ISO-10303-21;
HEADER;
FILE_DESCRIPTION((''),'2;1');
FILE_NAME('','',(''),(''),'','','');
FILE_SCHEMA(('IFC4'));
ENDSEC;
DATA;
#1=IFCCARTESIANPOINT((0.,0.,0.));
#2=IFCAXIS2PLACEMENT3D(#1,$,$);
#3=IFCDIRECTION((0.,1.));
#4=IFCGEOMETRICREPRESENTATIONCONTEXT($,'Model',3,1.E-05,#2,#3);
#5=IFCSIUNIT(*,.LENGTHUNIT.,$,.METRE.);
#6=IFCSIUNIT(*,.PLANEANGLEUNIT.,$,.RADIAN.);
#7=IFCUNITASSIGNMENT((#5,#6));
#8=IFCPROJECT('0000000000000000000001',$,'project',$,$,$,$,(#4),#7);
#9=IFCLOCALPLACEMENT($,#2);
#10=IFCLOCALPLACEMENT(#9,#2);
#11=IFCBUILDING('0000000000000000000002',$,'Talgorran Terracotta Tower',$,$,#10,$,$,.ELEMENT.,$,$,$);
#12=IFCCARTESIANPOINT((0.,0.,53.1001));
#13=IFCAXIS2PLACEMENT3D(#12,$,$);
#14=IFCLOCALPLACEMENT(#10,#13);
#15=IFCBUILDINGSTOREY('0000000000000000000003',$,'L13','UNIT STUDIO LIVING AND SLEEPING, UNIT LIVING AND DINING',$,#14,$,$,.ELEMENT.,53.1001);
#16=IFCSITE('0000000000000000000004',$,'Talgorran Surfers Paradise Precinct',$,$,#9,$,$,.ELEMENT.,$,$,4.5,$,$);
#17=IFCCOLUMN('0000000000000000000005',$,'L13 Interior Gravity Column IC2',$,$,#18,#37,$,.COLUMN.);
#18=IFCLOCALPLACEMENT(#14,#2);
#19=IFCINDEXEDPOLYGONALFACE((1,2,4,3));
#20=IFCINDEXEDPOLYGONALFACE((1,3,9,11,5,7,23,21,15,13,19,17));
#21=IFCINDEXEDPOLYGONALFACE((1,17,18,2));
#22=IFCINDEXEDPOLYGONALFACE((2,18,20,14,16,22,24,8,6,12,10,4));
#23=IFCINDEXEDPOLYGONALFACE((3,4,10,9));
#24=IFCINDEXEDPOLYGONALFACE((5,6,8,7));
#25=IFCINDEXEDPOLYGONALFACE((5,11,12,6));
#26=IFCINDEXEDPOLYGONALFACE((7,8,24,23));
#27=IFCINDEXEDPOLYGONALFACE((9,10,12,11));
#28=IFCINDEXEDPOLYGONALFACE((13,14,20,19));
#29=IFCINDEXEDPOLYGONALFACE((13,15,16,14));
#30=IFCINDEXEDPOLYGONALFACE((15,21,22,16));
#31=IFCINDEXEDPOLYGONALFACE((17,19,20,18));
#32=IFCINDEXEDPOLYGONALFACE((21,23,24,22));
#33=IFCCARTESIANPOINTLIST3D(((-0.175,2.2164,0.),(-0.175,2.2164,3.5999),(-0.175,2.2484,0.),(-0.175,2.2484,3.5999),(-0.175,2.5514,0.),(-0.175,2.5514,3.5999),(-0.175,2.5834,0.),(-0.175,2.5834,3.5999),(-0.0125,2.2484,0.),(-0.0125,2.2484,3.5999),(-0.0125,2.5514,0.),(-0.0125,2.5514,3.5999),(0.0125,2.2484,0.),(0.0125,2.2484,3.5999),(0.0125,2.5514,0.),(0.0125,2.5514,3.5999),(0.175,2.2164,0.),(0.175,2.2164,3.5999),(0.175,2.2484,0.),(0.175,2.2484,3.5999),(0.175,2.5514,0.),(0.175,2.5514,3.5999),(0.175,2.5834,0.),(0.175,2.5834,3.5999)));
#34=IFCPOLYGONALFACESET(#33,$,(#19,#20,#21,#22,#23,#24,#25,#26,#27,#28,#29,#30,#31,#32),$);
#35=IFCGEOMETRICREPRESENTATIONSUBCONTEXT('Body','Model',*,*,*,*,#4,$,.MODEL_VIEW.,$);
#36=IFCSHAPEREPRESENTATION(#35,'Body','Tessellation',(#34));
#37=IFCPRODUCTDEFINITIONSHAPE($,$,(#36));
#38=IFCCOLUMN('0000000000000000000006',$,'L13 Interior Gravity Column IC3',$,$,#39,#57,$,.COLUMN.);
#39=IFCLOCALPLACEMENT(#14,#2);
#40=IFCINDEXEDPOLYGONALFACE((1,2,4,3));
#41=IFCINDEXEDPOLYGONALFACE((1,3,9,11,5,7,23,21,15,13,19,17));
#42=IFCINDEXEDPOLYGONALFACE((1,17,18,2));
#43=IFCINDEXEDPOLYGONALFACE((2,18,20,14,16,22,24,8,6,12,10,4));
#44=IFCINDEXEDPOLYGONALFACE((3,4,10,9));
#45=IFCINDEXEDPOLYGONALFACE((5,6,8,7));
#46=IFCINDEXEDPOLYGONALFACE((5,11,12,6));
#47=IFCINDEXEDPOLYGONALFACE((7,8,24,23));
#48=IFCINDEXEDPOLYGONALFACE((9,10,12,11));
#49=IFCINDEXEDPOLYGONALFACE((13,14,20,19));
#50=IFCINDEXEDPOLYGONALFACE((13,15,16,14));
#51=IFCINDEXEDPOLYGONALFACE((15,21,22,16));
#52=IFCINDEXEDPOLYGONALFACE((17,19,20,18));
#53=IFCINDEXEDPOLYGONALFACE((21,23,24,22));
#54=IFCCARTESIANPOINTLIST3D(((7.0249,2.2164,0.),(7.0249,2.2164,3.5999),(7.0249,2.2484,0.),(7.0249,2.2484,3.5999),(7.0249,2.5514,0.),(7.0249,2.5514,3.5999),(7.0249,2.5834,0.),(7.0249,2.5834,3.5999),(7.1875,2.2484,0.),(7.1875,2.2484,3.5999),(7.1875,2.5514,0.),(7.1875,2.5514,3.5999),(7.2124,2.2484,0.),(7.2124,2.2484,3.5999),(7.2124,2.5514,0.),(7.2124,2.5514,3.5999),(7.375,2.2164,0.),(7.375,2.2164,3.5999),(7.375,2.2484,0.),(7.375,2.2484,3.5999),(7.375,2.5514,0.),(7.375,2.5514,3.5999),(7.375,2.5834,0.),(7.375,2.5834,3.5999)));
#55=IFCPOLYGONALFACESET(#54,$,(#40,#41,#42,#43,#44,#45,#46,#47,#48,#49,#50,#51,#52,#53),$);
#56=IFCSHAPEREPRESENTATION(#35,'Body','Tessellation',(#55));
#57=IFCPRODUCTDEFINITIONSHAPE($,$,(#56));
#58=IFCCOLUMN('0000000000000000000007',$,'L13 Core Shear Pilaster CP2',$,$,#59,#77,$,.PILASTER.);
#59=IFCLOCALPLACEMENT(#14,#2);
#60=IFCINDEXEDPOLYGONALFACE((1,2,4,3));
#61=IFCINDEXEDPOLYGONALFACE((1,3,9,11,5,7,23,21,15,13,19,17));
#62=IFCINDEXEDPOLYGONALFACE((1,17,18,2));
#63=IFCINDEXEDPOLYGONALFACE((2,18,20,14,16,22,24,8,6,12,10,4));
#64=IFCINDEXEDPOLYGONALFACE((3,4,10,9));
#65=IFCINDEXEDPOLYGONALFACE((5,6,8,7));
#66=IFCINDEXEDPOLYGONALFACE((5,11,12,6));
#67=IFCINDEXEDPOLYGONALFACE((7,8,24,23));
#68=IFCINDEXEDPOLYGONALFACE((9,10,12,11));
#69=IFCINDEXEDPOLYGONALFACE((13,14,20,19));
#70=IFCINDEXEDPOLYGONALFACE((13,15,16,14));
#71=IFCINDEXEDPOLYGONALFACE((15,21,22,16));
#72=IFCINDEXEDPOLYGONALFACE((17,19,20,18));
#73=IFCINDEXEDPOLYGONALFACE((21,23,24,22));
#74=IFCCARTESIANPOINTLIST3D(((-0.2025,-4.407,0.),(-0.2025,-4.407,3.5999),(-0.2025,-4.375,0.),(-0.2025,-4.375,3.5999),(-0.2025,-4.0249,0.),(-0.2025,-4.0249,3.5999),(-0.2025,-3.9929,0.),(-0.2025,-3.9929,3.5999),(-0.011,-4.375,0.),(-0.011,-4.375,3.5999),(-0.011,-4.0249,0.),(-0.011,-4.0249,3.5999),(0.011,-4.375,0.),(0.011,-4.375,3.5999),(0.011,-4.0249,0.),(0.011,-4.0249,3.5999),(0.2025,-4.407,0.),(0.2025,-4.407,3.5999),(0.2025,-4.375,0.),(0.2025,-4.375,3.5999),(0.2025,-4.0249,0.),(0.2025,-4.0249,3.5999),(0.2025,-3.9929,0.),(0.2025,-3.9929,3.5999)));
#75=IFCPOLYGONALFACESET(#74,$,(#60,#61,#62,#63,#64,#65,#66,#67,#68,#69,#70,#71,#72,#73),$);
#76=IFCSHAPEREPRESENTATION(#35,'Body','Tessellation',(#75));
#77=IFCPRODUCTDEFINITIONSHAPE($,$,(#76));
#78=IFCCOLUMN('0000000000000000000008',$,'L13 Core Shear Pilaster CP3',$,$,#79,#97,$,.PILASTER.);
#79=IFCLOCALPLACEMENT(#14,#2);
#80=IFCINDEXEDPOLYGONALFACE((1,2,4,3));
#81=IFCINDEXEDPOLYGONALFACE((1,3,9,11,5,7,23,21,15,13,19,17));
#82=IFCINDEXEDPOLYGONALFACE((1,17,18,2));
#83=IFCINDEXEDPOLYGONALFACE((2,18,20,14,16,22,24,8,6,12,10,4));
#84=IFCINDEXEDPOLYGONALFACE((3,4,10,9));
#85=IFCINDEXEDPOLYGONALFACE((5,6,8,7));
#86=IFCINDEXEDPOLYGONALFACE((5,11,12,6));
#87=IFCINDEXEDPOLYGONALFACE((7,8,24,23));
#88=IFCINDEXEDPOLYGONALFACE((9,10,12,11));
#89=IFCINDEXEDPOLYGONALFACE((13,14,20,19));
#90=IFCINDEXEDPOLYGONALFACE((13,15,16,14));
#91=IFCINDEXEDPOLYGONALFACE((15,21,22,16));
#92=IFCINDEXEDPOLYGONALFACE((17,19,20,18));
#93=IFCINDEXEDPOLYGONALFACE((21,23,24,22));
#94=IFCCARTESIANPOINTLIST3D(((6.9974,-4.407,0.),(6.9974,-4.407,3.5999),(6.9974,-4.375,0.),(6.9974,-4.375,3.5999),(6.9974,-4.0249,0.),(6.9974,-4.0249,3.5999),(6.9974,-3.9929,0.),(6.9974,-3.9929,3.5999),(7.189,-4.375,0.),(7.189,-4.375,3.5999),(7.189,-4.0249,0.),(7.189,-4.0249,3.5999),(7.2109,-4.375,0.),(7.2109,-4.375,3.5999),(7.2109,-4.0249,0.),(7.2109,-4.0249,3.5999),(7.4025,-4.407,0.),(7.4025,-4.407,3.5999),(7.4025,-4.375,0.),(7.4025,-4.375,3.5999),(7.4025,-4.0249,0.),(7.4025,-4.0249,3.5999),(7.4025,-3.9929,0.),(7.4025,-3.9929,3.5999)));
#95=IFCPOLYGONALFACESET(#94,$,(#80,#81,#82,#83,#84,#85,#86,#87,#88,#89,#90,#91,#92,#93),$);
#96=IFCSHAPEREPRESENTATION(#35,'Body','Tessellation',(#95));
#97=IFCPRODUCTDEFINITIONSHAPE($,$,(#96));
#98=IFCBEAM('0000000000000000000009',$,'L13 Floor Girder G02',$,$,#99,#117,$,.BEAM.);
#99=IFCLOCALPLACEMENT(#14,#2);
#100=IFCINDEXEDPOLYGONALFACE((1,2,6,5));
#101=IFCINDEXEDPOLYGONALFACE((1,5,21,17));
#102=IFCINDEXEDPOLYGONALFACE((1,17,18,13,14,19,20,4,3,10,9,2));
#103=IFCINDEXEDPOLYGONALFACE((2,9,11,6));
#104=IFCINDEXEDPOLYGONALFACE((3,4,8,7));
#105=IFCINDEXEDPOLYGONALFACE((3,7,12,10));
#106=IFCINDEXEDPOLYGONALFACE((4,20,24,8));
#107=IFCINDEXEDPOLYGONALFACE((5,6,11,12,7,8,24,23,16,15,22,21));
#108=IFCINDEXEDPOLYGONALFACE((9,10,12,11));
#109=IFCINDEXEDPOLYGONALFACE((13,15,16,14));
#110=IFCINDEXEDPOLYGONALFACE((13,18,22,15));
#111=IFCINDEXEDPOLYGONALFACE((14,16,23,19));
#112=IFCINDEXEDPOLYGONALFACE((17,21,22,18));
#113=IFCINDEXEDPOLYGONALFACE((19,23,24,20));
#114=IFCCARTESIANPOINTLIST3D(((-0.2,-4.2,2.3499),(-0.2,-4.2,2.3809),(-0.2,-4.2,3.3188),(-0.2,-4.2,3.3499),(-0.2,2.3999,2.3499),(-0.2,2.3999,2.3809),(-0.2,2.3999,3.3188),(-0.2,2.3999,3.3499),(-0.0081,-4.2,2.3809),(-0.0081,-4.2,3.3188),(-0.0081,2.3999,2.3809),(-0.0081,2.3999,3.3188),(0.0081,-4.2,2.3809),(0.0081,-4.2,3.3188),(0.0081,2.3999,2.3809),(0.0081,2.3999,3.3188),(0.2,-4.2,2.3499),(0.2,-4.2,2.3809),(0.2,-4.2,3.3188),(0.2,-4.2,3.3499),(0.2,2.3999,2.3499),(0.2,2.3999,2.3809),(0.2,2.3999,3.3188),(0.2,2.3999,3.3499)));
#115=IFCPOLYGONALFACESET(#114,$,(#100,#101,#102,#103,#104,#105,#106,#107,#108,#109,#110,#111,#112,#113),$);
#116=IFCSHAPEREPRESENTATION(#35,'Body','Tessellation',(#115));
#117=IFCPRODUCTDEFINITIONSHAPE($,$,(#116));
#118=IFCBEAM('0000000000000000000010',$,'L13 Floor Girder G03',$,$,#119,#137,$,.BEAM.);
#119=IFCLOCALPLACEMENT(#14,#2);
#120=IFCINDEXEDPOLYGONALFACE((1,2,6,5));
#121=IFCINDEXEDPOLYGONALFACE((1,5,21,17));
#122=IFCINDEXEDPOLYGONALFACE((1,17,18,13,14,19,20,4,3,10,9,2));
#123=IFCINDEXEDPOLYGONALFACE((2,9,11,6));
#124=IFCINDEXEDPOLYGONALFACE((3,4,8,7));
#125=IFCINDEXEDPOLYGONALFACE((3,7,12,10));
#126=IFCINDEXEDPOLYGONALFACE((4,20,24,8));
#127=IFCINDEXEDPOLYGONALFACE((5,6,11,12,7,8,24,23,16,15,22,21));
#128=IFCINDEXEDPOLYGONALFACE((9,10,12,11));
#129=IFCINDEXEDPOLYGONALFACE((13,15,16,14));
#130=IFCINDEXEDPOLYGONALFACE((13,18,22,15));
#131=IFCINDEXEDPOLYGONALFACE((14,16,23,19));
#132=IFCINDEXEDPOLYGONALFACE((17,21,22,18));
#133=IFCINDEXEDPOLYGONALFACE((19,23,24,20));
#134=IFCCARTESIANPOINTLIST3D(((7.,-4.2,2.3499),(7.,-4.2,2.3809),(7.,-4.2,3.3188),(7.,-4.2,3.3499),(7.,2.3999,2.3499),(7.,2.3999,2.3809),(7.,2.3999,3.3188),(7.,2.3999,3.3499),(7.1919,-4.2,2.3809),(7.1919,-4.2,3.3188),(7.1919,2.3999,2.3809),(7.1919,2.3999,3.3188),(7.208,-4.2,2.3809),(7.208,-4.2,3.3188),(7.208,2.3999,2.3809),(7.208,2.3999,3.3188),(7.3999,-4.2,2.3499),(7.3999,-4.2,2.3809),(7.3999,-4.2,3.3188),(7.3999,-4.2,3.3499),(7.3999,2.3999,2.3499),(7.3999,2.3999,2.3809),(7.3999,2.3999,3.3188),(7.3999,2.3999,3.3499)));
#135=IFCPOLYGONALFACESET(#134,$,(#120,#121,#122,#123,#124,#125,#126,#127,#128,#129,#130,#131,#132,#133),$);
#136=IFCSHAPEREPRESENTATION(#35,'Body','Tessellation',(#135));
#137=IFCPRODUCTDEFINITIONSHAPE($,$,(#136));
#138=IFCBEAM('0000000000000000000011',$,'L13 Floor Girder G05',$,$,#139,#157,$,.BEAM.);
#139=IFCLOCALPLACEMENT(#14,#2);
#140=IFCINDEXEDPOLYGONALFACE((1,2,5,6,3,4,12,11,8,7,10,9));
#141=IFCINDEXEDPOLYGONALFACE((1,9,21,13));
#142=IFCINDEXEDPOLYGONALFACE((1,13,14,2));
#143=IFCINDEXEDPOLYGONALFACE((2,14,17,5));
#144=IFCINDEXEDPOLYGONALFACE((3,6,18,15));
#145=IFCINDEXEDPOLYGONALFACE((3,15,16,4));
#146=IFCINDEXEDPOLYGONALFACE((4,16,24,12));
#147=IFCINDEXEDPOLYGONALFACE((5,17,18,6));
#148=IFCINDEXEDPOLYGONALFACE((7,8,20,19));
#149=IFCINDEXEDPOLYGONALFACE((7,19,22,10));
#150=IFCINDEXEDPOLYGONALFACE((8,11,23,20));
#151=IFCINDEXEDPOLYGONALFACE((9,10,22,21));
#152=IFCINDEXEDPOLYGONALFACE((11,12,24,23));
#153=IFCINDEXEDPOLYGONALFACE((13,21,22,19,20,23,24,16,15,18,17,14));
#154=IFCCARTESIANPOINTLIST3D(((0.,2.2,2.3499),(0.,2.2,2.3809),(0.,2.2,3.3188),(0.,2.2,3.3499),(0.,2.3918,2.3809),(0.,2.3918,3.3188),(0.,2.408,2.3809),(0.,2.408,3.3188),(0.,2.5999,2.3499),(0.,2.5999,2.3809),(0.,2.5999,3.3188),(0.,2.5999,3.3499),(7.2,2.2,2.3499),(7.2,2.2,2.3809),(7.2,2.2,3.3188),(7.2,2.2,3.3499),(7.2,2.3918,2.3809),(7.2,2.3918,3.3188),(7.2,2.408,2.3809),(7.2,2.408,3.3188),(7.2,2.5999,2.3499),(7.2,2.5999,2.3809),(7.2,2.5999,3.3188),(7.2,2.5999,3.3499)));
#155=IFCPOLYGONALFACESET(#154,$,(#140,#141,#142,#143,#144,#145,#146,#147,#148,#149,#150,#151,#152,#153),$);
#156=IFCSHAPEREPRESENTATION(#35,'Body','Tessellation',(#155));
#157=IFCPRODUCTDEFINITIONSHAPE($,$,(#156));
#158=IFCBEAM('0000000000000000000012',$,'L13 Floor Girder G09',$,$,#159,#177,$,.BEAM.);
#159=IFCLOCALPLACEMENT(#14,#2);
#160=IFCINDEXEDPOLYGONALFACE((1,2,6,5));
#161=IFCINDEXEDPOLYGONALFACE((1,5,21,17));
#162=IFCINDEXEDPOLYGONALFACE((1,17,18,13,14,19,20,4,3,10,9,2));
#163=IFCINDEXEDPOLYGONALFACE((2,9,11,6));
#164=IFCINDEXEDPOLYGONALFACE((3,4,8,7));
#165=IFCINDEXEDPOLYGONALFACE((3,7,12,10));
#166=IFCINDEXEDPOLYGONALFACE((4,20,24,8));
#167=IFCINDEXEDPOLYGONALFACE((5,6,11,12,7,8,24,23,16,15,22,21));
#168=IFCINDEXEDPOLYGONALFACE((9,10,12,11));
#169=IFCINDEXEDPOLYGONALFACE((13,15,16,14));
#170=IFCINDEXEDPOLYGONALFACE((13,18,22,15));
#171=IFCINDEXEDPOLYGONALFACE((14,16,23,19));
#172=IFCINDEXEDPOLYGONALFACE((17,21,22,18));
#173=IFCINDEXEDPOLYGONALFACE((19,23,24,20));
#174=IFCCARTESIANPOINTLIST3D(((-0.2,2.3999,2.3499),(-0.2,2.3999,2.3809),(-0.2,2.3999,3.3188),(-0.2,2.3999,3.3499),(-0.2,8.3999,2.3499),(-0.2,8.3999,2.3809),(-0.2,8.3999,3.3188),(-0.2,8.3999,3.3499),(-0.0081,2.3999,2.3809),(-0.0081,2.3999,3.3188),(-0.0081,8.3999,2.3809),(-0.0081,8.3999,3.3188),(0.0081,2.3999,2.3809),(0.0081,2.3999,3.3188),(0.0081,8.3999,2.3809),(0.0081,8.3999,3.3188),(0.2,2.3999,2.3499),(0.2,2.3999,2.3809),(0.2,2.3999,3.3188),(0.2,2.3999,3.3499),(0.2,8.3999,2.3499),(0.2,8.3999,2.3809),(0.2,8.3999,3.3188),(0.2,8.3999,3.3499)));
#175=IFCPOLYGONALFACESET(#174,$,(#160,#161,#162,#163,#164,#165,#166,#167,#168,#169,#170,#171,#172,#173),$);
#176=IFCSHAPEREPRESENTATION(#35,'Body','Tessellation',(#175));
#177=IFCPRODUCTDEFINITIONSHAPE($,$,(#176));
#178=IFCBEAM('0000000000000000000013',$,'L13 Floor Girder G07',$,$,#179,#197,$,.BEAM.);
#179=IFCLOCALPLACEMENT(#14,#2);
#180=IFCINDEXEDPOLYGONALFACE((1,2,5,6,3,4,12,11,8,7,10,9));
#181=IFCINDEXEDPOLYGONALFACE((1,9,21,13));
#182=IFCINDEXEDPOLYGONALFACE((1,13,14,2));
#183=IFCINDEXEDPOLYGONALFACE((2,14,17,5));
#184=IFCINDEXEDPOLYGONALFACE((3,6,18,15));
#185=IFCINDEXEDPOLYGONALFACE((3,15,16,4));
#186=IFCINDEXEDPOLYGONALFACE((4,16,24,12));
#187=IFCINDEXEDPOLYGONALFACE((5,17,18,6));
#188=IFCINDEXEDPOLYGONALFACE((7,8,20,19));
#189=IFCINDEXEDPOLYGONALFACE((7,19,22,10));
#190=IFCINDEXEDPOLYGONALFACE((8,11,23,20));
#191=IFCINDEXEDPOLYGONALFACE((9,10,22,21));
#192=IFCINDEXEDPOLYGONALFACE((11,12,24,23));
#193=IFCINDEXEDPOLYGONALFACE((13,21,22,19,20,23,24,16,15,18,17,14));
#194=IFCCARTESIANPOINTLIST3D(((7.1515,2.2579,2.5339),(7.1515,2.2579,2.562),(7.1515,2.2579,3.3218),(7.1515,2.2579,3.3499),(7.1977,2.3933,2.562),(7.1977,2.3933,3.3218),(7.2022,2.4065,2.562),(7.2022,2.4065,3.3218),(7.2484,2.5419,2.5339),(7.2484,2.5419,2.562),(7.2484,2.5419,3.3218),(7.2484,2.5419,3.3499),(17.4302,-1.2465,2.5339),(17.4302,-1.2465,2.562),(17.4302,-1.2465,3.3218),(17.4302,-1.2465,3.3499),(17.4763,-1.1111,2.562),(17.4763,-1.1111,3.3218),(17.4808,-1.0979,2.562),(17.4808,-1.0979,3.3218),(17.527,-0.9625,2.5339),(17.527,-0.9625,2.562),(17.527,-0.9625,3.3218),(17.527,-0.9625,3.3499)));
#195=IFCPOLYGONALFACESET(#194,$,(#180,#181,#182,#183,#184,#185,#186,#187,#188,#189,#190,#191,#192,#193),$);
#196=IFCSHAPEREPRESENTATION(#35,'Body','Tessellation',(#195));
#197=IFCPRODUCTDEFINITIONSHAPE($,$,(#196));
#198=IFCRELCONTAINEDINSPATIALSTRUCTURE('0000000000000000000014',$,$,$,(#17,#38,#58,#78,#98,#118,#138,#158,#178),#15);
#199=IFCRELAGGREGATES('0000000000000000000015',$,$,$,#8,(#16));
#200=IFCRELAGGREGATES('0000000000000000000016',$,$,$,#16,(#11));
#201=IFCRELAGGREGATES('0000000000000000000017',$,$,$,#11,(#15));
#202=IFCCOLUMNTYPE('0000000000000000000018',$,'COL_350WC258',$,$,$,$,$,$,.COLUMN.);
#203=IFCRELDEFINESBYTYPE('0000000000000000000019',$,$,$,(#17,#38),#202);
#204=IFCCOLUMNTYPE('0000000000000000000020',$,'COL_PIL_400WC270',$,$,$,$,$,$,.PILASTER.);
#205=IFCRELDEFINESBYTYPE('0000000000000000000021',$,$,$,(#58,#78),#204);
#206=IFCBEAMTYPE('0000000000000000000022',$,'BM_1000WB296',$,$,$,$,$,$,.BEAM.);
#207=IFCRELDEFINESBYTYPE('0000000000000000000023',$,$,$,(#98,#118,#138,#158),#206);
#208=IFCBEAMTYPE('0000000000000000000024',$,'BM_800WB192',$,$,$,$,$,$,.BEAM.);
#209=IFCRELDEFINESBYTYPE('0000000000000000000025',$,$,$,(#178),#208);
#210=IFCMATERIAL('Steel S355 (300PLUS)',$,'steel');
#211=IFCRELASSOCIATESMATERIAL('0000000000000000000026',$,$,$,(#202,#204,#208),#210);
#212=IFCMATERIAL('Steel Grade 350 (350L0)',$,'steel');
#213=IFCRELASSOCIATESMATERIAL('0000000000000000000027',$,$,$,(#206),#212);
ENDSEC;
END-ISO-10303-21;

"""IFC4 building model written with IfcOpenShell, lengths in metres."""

from ifc_helpers import new_model, si_unit, direction, frame, origin, origin_2d, place, context, subcontext, project, spatial, i_section, extrude, material, material_profile, profile_set, type_object, element, save


model = new_model("IFC4")

# Units and contexts
model_context = context("Model", 3, precision=1e-05, world=origin(), true_north=direction((0.0, 1.0)))
body_context = subcontext(model_context, "Body", "Model", "MODEL_VIEW")
ifc_project = project(units=[si_unit("LENGTHUNIT", "METRE"), si_unit("PLANEANGLEUNIT", "RADIAN")], contexts=[model_context])

# Site, building, storey
site_placement = place(None, origin())
site = spatial("IfcSite", under=ifc_project, at=site_placement, Name="Talgorran Surfers Paradise Precinct", CompositionType="ELEMENT", RefElevation=4.5)
building_placement = place(site_placement, origin())
building = spatial("IfcBuilding", under=site, at=building_placement, Name="Talgorran Terracotta Tower", CompositionType="ELEMENT")
storey_placement = place(building_placement, frame((0.0, 0.0, 53.1001)))
storey = spatial("IfcBuildingStorey", under=building, at=storey_placement, Name="L13", Description="UNIT STUDIO LIVING AND SLEEPING, UNIT LIVING AND DINING", CompositionType="ELEMENT", Elevation=53.1001)

# Columns
ifc_material_1 = material(Name="Steel S355 (300PLUS)", Category="steel")
ifc_material_profile_1 = material_profile(ifc_material_1, i_section(OverallWidth=0.3501, OverallDepth=0.3669, WebThickness=0.0249, FlangeThickness=0.032, at=origin_2d()), Name="350WC258")
ifc_profile_set_1 = profile_set([ifc_material_profile_1], Name="Steel S355 (300PLUS)")
column_type_1 = type_object("IfcColumnType", Name="COL_350WC258", PredefinedType="COLUMN", material=ifc_profile_set_1)
for number, where, z_axis, x_axis, name in (
    (1, (0.0, 2.3999, 0.0), (0.0, 0.0, 1.0), (1.0, 0.0, 0.0), "L13 Interior Gravity Column IC2"),
    (2, (7.2, 2.3999, 0.0), (0.0, 0.0, 1.0), (1.0, 0.0, 0.0), "L13 Interior Gravity Column IC3"),
):
    element("IfcColumn", number, at=place(storey_placement, frame(where, z_axis=z_axis, x_axis=x_axis)), inside=storey, type_object=column_type_1, Name=name, PredefinedType="COLUMN", context=body_context, shape_type="SweptSolid", body=[
        extrude(i_section(OverallWidth=0.3501, OverallDepth=0.3669, WebThickness=0.0249, FlangeThickness=0.032, at=origin_2d()), origin(), (0.0, 0.0, 1.0), 3.5999),
    ])
ifc_material_profile_2 = material_profile(ifc_material_1, i_section(OverallWidth=0.405, OverallDepth=0.4141, WebThickness=0.022, FlangeThickness=0.032, at=origin_2d()), Name="400WC270")
ifc_profile_set_2 = profile_set([ifc_material_profile_2], Name="Steel S355 (300PLUS)")
column_type_2 = type_object("IfcColumnType", Name="COL_PIL_400WC270", PredefinedType="PILASTER", material=ifc_profile_set_2)
for number, where, z_axis, x_axis, name in (
    (3, (0.0, -4.2, 0.0), (0.0, 0.0, 1.0), (1.0, 0.0, 0.0), "L13 Core Shear Pilaster CP2"),
    (4, (7.2, -4.2, 0.0), (0.0, 0.0, 1.0), (1.0, 0.0, 0.0), "L13 Core Shear Pilaster CP3"),
):
    element("IfcColumn", number, at=place(storey_placement, frame(where, z_axis=z_axis, x_axis=x_axis)), inside=storey, type_object=column_type_2, Name=name, PredefinedType="PILASTER", context=body_context, shape_type="SweptSolid", body=[
        extrude(i_section(OverallWidth=0.405, OverallDepth=0.4141, WebThickness=0.022, FlangeThickness=0.032, at=origin_2d()), origin(), (0.0, 0.0, 1.0), 3.5999),
    ])

# Beams
ifc_material_2 = material(Name="Steel Grade 350 (350L0)", Category="steel")
ifc_material_profile_3 = material_profile(ifc_material_2, i_section(OverallWidth=0.3999, OverallDepth=1.0, WebThickness=0.0161, FlangeThickness=0.031, at=origin_2d()), Name="1000WB296")
ifc_profile_set_3 = profile_set([ifc_material_profile_3], Name="Steel Grade 350 (350L0)")
beam_type_1 = type_object("IfcBeamType", Name="BM_1000WB296", PredefinedType="BEAM", material=ifc_profile_set_3)
for number, where, z_axis, x_axis, name in (
    (5, (0.0, -4.2, 2.8499), (0.0, 1.0, 0.0), (-1.0, 0.0, 0.0), "L13 Floor Girder G02"),
    (6, (7.2, -4.2, 2.8499), (0.0, 1.0, 0.0), (-1.0, 0.0, 0.0), "L13 Floor Girder G03"),
):
    element("IfcBeam", number, at=place(storey_placement, frame(where, z_axis=z_axis, x_axis=x_axis)), inside=storey, type_object=beam_type_1, Name=name, PredefinedType="BEAM", context=body_context, shape_type="SweptSolid", body=[
        extrude(i_section(OverallWidth=0.3999, OverallDepth=1.0, WebThickness=0.0161, FlangeThickness=0.031, at=origin_2d()), origin(), (0.0, 0.0, 1.0), 6.5999),
    ])
beam_1_placement = place(storey_placement, frame((0.0, 2.3999, 2.8499), z_axis=(1.0, 0.0, 0.0), x_axis=(0.0, 1.0, 0.0)))
element("IfcBeam", 7, at=beam_1_placement, inside=storey, type_object=beam_type_1, Name="L13 Floor Girder G05", PredefinedType="BEAM", context=body_context, shape_type="SweptSolid", body=[
    extrude(i_section(OverallWidth=0.3999, OverallDepth=1.0, WebThickness=0.0161, FlangeThickness=0.031, at=origin_2d()), origin(), (0.0, 0.0, 1.0), 7.2),
])
beam_2_placement = place(storey_placement, frame((0.0, 2.3999, 2.8499), z_axis=(0.0, 1.0, 0.0), x_axis=(-1.0, 0.0, 0.0)))
element("IfcBeam", 8, at=beam_2_placement, inside=storey, type_object=beam_type_1, Name="L13 Floor Girder G09", PredefinedType="BEAM", context=body_context, shape_type="SweptSolid", body=[
    extrude(i_section(OverallWidth=0.3999, OverallDepth=1.0, WebThickness=0.0161, FlangeThickness=0.031, at=origin_2d()), origin(), (0.0, 0.0, 1.0), 6.0),
])
ifc_material_profile_4 = material_profile(ifc_material_1, i_section(OverallWidth=0.3, OverallDepth=0.8159, WebThickness=0.0139, FlangeThickness=0.0281, at=origin_2d()), Name="800WB192")
ifc_profile_set_4 = profile_set([ifc_material_profile_4], Name="Steel S355 (300PLUS)")
beam_type_2 = type_object("IfcBeamType", Name="BM_800WB192", PredefinedType="BEAM", material=ifc_profile_set_4)
beam_3_placement = place(storey_placement, frame((7.2, 2.3999, 2.9419), z_axis=(0.946501, -0.322702, 0.0), x_axis=(0.322702, 0.946501, 0.0)))
element("IfcBeam", 9, at=beam_3_placement, inside=storey, type_object=beam_type_2, Name="L13 Floor Girder G07", PredefinedType="BEAM", context=body_context, shape_type="SweptSolid", body=[
    extrude(i_section(OverallWidth=0.3, OverallDepth=0.8159, WebThickness=0.0139, FlangeThickness=0.0281, at=origin_2d()), origin(), (0.0, 0.0, 1.0), 10.8596),
])

save(model, "model.ifc")
